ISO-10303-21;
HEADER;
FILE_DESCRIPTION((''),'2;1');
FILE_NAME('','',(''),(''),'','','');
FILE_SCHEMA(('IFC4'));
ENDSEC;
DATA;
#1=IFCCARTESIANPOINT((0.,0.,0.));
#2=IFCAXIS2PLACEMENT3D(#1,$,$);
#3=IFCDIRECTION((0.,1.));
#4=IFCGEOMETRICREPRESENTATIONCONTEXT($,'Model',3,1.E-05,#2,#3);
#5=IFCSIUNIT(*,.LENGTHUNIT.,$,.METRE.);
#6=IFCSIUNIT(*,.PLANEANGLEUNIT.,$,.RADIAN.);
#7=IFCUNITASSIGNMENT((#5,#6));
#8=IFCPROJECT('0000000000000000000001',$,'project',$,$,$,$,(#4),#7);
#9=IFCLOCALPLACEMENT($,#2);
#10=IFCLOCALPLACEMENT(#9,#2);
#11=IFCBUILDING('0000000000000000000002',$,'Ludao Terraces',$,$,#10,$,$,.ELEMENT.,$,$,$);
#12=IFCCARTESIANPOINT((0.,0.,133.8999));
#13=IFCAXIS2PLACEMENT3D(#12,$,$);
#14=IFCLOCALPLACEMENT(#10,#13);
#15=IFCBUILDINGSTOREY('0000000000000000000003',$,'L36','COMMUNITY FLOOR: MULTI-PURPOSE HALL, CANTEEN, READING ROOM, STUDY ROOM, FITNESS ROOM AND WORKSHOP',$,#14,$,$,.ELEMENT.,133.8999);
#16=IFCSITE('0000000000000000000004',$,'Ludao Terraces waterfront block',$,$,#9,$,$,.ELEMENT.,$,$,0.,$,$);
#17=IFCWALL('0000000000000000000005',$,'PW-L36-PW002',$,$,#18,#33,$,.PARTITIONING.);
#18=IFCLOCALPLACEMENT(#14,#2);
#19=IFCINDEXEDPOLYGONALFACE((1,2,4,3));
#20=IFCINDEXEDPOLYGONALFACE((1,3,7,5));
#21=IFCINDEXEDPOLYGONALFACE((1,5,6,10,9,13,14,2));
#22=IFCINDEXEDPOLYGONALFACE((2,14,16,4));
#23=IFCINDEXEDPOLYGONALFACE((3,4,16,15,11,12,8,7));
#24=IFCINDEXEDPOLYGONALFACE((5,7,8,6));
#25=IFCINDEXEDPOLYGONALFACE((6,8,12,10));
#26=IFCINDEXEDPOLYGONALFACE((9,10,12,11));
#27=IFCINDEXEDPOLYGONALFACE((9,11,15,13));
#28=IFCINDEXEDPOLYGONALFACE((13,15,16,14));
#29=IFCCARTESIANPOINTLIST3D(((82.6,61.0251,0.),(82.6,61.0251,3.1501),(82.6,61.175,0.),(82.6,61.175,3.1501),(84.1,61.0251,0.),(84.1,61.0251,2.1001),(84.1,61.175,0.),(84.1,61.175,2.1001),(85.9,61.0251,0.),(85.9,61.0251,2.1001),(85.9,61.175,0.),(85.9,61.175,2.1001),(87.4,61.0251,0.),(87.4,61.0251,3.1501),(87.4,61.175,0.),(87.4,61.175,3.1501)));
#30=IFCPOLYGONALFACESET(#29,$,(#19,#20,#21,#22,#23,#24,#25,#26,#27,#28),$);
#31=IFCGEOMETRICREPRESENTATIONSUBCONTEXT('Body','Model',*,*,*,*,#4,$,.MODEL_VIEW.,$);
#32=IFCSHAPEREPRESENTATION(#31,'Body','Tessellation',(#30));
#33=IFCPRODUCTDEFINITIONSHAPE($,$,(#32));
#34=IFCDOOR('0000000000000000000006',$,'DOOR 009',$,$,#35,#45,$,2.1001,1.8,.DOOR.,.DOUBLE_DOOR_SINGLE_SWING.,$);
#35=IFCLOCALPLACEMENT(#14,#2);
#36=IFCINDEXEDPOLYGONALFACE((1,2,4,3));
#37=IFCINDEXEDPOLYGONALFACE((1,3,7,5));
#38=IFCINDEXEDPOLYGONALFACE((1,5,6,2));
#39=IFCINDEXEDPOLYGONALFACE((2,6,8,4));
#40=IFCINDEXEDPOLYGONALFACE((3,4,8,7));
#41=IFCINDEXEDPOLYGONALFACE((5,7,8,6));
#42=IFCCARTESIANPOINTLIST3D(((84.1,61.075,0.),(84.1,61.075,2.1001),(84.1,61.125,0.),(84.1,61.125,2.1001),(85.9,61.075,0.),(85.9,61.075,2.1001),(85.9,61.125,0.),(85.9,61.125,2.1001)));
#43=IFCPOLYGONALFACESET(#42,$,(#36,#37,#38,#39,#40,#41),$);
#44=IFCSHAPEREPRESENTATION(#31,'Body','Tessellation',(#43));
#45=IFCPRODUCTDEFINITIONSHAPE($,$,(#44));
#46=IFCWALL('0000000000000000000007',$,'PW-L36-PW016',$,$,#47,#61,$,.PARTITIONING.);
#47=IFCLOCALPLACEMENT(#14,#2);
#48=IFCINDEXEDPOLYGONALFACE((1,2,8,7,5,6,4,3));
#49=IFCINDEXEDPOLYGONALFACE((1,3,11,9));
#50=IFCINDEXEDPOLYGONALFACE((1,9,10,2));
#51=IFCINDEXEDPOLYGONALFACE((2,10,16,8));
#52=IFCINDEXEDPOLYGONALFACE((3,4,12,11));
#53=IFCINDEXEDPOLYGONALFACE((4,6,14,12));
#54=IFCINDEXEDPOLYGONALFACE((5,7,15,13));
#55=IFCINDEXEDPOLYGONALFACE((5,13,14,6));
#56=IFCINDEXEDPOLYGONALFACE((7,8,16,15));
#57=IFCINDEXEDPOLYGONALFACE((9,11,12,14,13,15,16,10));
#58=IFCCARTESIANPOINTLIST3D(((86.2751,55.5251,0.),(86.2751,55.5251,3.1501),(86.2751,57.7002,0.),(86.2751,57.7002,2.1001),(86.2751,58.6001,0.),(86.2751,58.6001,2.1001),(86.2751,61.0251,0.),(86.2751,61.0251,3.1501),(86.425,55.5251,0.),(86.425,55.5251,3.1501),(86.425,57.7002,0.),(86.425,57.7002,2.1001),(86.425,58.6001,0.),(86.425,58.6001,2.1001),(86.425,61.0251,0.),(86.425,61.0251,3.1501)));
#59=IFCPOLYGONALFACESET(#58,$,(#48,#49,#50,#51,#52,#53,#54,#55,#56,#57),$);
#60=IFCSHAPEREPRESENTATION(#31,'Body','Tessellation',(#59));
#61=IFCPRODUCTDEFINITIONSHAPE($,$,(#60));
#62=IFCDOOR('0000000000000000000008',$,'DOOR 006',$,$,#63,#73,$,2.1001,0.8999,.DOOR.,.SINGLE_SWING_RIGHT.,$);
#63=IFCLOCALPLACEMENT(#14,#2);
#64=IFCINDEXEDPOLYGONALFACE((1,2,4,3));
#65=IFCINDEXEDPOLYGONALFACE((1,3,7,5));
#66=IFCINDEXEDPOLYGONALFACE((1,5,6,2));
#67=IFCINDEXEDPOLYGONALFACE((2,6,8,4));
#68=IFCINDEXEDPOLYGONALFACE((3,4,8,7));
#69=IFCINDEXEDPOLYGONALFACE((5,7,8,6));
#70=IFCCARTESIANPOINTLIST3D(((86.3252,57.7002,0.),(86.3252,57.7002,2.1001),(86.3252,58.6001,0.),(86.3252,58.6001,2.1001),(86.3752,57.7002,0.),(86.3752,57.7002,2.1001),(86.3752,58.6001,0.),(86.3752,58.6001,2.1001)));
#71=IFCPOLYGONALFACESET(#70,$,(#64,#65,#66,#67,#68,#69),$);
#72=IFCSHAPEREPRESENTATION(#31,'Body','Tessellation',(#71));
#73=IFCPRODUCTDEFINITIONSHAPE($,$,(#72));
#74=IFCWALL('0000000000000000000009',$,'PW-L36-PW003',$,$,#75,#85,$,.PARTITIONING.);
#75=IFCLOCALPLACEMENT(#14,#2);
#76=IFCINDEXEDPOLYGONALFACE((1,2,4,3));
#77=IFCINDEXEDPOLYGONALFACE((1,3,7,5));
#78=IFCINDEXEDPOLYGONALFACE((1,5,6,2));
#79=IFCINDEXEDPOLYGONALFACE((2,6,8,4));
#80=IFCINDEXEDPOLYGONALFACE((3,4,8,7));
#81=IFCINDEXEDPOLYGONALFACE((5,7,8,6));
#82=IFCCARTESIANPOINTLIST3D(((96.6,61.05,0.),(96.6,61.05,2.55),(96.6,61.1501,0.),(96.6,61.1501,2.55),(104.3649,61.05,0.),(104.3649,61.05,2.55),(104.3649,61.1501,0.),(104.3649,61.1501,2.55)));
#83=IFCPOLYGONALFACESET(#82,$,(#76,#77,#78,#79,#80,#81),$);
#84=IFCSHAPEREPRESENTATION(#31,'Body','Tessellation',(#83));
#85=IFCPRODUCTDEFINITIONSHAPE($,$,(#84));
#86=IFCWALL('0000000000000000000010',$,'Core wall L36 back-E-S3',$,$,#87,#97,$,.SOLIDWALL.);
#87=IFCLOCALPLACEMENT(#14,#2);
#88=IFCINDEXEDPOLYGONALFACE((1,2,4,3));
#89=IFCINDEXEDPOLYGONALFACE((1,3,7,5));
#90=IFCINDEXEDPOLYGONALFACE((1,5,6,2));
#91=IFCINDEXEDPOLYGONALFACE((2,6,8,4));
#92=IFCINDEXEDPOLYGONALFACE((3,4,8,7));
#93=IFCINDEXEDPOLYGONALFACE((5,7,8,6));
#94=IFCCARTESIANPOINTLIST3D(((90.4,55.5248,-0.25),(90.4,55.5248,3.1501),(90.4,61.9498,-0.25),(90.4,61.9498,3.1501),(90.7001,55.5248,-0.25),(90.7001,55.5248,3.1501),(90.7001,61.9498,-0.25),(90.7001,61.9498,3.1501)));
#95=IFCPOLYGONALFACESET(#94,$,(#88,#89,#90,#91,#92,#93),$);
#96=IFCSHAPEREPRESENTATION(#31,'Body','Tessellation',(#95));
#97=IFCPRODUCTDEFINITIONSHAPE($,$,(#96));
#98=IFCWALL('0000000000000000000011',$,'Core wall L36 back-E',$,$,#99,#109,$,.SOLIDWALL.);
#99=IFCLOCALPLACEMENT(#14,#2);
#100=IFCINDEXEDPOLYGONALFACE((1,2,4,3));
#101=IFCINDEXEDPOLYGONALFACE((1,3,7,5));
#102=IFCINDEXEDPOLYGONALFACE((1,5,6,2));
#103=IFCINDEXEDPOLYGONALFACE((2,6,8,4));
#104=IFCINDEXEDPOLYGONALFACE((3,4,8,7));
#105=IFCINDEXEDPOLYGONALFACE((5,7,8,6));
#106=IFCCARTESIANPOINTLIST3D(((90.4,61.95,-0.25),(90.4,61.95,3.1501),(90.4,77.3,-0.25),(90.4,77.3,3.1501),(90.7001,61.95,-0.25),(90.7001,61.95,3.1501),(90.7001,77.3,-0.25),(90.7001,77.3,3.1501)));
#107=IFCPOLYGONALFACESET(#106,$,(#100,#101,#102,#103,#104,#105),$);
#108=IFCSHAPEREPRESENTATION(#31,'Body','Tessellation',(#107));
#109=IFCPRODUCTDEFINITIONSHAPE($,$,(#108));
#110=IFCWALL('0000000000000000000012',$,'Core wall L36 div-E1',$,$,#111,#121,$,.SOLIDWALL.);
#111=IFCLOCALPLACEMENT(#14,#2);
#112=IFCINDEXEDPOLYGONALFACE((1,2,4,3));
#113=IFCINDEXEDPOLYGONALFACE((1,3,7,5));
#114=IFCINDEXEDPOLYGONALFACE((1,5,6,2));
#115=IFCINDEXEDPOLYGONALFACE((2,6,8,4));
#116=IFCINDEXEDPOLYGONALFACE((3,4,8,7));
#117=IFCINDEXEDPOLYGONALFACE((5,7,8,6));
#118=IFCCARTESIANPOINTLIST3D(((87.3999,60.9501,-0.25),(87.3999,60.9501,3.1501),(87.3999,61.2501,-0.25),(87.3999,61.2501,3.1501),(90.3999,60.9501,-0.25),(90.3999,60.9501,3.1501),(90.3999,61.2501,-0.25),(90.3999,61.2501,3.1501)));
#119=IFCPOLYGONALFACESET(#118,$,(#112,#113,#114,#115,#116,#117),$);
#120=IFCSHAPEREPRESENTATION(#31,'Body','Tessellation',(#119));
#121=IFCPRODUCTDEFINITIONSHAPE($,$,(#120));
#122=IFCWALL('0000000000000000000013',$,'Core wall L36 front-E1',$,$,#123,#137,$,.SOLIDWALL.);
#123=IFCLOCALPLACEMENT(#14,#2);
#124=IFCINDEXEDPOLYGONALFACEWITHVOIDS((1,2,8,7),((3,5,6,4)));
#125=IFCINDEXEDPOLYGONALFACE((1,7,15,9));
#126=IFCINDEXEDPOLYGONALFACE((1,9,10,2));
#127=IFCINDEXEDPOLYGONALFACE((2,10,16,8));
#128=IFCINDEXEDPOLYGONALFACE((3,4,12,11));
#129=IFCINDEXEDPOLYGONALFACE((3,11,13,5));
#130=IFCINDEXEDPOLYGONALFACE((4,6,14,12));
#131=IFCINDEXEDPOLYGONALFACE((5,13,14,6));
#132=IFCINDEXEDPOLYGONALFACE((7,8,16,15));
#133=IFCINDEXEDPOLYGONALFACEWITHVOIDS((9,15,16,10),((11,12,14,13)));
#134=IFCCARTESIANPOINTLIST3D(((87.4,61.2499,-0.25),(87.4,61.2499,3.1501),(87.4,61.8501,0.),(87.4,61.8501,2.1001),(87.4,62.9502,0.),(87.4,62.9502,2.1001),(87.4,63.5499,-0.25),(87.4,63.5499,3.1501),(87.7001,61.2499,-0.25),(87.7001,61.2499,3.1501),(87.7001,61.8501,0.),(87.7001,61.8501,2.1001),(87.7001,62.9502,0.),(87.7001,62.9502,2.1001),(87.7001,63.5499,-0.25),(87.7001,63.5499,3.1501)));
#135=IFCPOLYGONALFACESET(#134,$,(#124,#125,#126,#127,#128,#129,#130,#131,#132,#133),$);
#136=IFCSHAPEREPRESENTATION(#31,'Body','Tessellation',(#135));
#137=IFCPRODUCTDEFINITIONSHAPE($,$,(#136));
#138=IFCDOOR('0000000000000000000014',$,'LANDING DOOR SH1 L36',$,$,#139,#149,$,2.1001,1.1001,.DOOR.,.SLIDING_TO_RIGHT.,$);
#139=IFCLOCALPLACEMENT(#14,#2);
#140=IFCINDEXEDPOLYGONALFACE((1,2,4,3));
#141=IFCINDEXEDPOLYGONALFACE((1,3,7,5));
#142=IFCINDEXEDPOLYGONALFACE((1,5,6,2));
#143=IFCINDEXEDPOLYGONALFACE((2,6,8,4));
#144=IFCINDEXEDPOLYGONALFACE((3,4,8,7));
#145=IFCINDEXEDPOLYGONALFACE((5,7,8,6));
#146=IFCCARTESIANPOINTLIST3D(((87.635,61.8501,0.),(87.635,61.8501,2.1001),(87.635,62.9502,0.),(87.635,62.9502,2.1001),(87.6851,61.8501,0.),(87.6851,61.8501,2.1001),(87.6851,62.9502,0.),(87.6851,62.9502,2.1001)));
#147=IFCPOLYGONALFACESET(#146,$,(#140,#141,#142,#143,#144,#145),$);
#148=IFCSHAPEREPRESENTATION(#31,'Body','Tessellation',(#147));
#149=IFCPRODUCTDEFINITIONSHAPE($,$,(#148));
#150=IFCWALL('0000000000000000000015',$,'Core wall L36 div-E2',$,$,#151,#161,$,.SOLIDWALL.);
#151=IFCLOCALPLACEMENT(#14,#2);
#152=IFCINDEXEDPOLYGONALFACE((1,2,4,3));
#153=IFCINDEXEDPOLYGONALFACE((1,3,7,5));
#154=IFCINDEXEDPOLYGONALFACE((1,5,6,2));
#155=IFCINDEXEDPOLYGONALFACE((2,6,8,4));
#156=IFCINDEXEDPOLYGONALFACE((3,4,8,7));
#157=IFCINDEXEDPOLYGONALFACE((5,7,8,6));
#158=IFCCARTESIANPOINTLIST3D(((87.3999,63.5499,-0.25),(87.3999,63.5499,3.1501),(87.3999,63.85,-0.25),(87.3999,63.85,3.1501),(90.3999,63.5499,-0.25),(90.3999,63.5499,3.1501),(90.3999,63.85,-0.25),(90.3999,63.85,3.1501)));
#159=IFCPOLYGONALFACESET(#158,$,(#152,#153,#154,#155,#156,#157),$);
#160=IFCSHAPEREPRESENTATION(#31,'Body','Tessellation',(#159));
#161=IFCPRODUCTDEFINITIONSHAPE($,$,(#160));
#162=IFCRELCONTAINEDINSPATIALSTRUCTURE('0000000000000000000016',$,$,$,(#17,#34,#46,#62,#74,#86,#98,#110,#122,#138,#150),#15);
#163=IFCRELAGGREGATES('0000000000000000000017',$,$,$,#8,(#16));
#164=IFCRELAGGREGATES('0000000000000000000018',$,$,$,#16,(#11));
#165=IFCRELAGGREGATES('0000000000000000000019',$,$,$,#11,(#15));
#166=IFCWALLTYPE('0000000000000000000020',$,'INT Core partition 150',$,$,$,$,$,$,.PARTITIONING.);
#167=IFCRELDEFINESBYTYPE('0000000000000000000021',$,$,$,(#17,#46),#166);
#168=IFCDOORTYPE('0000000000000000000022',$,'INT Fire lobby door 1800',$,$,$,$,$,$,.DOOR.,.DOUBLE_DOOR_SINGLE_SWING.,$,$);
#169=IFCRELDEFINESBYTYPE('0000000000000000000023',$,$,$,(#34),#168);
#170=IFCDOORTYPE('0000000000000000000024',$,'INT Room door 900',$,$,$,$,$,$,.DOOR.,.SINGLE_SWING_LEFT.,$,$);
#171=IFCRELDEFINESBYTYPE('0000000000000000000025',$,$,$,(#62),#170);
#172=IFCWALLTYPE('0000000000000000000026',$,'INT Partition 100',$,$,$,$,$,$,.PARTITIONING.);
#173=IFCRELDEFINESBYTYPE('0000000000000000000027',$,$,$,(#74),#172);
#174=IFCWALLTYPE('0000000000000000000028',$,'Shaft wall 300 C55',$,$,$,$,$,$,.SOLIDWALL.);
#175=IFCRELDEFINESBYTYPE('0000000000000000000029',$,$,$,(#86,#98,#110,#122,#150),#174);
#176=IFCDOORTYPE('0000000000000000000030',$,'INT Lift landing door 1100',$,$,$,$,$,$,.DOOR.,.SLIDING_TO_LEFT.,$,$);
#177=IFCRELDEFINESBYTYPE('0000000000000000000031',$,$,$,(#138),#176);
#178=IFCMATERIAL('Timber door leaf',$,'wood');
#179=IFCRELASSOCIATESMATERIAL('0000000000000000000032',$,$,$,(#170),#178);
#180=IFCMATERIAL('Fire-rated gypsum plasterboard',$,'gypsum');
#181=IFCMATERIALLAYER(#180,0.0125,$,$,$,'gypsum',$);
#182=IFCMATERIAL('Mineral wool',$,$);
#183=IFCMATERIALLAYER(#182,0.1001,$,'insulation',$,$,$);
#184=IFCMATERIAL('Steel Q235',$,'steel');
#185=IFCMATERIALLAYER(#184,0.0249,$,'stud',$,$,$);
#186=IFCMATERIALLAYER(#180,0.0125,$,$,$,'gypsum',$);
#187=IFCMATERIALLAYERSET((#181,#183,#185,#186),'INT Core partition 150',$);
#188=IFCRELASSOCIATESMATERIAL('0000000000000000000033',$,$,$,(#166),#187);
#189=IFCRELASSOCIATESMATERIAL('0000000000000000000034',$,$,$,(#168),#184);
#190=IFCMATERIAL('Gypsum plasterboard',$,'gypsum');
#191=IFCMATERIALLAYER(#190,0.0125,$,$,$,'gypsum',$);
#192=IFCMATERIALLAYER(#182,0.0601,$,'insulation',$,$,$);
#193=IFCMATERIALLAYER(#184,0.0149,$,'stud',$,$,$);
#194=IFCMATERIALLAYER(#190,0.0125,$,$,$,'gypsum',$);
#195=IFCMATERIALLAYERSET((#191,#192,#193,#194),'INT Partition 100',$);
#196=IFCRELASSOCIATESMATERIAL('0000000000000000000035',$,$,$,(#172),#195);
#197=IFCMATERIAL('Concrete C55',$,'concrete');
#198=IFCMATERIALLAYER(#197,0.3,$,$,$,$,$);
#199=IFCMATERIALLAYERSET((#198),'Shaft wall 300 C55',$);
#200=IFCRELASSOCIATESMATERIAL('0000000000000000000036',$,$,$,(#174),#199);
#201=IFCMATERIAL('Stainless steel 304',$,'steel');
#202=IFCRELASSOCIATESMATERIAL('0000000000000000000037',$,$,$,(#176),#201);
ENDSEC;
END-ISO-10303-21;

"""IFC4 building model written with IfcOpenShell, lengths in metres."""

from ifc_helpers import new_model, si_unit, direction, frame, frame_2d, origin, place, context, subcontext, project, spatial, rectangle, extrude, material, layer, layer_set, type_object, element, fill, save


model = new_model("IFC4")

# Units and contexts
model_context = context("Model", 3, precision=1e-05, world=origin(), true_north=direction((0.0, 1.0)))
body_context = subcontext(model_context, "Body", "Model", "MODEL_VIEW")
ifc_project = project(units=[si_unit("LENGTHUNIT", "METRE"), si_unit("PLANEANGLEUNIT", "RADIAN")], contexts=[model_context])

# Site, building, storey
site_placement = place(None, origin())
site = spatial("IfcSite", under=ifc_project, at=site_placement, Name="Ludao Terraces waterfront block", CompositionType="ELEMENT", RefElevation=0.0)
building_placement = place(site_placement, origin())
building = spatial("IfcBuilding", under=site, at=building_placement, Name="Ludao Terraces", CompositionType="ELEMENT")
storey_placement = place(building_placement, frame((0.0, 0.0, 133.8999)))
storey = spatial("IfcBuildingStorey", under=building, at=storey_placement, Name="L36", Description="COMMUNITY FLOOR: MULTI-PURPOSE HALL, CANTEEN, READING ROOM, STUDY ROOM, FITNESS ROOM AND WORKSHOP", CompositionType="ELEMENT", Elevation=133.8999)

# Shared definitions
ifc_material_1 = material(Name="Steel Q235", Category="steel")

# Shared definitions
ifc_material_2 = material(Name="Timber door leaf", Category="wood")
door_type_1 = type_object("IfcDoorType", Name="INT Room door 900", OperationType="SINGLE_SWING_LEFT", PredefinedType="DOOR", material=ifc_material_2)

# Walls, openings, doors
ifc_material_3 = material(Name="Fire-rated gypsum plasterboard", Category="gypsum")
ifc_layer_1 = layer(ifc_material_3, 0.0125, Category="gypsum")
ifc_material_4 = material(Name="Mineral wool")
ifc_layer_2 = layer(ifc_material_4, 0.1001, Name="insulation")
ifc_layer_3 = layer(ifc_material_1, 0.0249, Name="stud")
ifc_layer_4 = layer(ifc_material_3, 0.0125, Category="gypsum")
ifc_layer_set_1 = layer_set([ifc_layer_1, ifc_layer_2, ifc_layer_3, ifc_layer_4], Name="INT Core partition 150")
wall_type_1 = type_object("IfcWallType", Name="INT Core partition 150", PredefinedType="PARTITIONING", material=ifc_layer_set_1)
wall_1_placement = place(storey_placement, frame((82.6001, 61.1001, 0.0), z_axis=(0.0, 0.0, 1.0), x_axis=(1.0, 0.0, 0.0)))
wall_1 = element("IfcWall", 1, at=wall_1_placement, inside=storey, type_object=wall_type_1, Name="PW-L36-PW002", PredefinedType="PARTITIONING", context=body_context, shape_type="SweptSolid", body=[
    extrude(rectangle(XDim=4.8, YDim=0.1499, at=frame_2d((2.3999, 0.0))), origin(), (0.0, 0.0, 1.0), 3.1501),
])
opening_1_placement = place(wall_1_placement, frame((1.5, 0.0, 0.0)))
opening_1 = element("IfcOpeningElement", 2, at=opening_1_placement, cuts=wall_1, PredefinedType="OPENING", context=body_context, shape_type="SweptSolid", body=[
    extrude(rectangle(XDim=1.8, YDim=2.1001, at=frame_2d((0.8999, 1.05))), frame((0.0, 0.085, 0.0), z_axis=(0.0, -1.0, 0.0), x_axis=(1.0, 0.0, 0.0)), (0.0, 0.0, 1.0), 0.1699),
])
door_type_2 = type_object("IfcDoorType", Name="INT Fire lobby door 1800", OperationType="DOUBLE_DOOR_SINGLE_SWING", PredefinedType="DOOR", material=ifc_material_1)
door_1_placement = place(opening_1_placement, origin())
door_1 = element("IfcDoor", 3, at=door_1_placement, inside=storey, type_object=door_type_2, Name="DOOR 009", OperationType="DOUBLE_DOOR_SINGLE_SWING", OverallHeight=2.1001, OverallWidth=1.8, PredefinedType="DOOR", context=body_context, shape_type="SweptSolid", body=[
    extrude(rectangle(XDim=1.8, YDim=2.1001, at=frame_2d((0.8999, 1.05))), frame((0.0, 0.0249, 0.0), z_axis=(0.0, -1.0, 0.0), x_axis=(1.0, 0.0, 0.0)), (0.0, 0.0, 1.0), 0.05),
])
fill(opening_1, door_1)
wall_2_placement = place(storey_placement, frame((86.3501, 55.5251, 0.0), z_axis=(0.0, 0.0, 1.0), x_axis=(0.0, 1.0, 0.0)))
wall_2 = element("IfcWall", 4, at=wall_2_placement, inside=storey, type_object=wall_type_1, Name="PW-L36-PW016", PredefinedType="PARTITIONING", context=body_context, shape_type="SweptSolid", body=[
    extrude(rectangle(XDim=5.5, YDim=0.1499, at=frame_2d((2.75, 0.0))), origin(), (0.0, 0.0, 1.0), 3.1501),
])
opening_2_placement = place(wall_2_placement, frame((2.175, 0.0, 0.0)))
opening_2 = element("IfcOpeningElement", 5, at=opening_2_placement, cuts=wall_2, PredefinedType="OPENING", context=body_context, shape_type="SweptSolid", body=[
    extrude(rectangle(XDim=0.8999, YDim=2.1001, at=frame_2d((0.45, 1.05))), frame((0.0, 0.085, 0.0), z_axis=(0.0, -1.0, 0.0), x_axis=(1.0, 0.0, 0.0)), (0.0, 0.0, 1.0), 0.1699),
])
door_2_placement = place(opening_2_placement, origin())
door_2 = element("IfcDoor", 6, at=door_2_placement, inside=storey, type_object=door_type_1, Name="DOOR 006", OperationType="SINGLE_SWING_RIGHT", OverallHeight=2.1001, OverallWidth=0.8999, PredefinedType="DOOR", context=body_context, shape_type="SweptSolid", body=[
    extrude(rectangle(XDim=0.8999, YDim=2.1001, at=frame_2d((0.45, 1.05))), frame((0.0, 0.0249, 0.0), z_axis=(0.0, -1.0, 0.0), x_axis=(1.0, 0.0, 0.0)), (0.0, 0.0, 1.0), 0.05),
])
fill(opening_2, door_2)

# Walls
ifc_material_5 = material(Name="Gypsum plasterboard", Category="gypsum")
ifc_layer_5 = layer(ifc_material_5, 0.0125, Category="gypsum")
ifc_layer_6 = layer(ifc_material_4, 0.0601, Name="insulation")
ifc_layer_7 = layer(ifc_material_1, 0.0149, Name="stud")
ifc_layer_8 = layer(ifc_material_5, 0.0125, Category="gypsum")
ifc_layer_set_2 = layer_set([ifc_layer_5, ifc_layer_6, ifc_layer_7, ifc_layer_8], Name="INT Partition 100")
wall_type_2 = type_object("IfcWallType", Name="INT Partition 100", PredefinedType="PARTITIONING", material=ifc_layer_set_2)
wall_3_placement = place(storey_placement, frame((96.6001, 61.1001, 0.0), z_axis=(0.0, 0.0, 1.0), x_axis=(1.0, 0.0, 0.0)))
element("IfcWall", 7, at=wall_3_placement, inside=storey, type_object=wall_type_2, Name="PW-L36-PW003", PredefinedType="PARTITIONING", context=body_context, shape_type="SweptSolid", body=[
    extrude(rectangle(XDim=7.7649, YDim=0.1001, at=frame_2d((3.8823, 0.0))), origin(), (0.0, 0.0, 1.0), 2.55),
])
ifc_material_6 = material(Name="Concrete C55", Category="concrete")
ifc_layer_9 = layer(ifc_material_6, 0.3)
ifc_layer_set_3 = layer_set([ifc_layer_9], Name="Shaft wall 300 C55")
wall_type_3 = type_object("IfcWallType", Name="Shaft wall 300 C55", PredefinedType="SOLIDWALL", material=ifc_layer_set_3)
wall_4_placement = place(storey_placement, frame((90.55, 55.5249, -0.25), z_axis=(0.0, 0.0, 1.0), x_axis=(0.0, 1.0, 0.0)))
element("IfcWall", 8, at=wall_4_placement, inside=storey, type_object=wall_type_3, Name="Core wall L36 back-E-S3", PredefinedType="SOLIDWALL", context=body_context, shape_type="SweptSolid", body=[
    extrude(rectangle(XDim=6.425, YDim=0.3, at=frame_2d((3.2124, 0.0))), origin(), (0.0, 0.0, 1.0), 3.4001),
])
wall_5_placement = place(storey_placement, frame((90.55, 61.95, -0.25), z_axis=(0.0, 0.0, 1.0), x_axis=(0.0, 1.0, 0.0)))
element("IfcWall", 9, at=wall_5_placement, inside=storey, type_object=wall_type_3, Name="Core wall L36 back-E", PredefinedType="SOLIDWALL", context=body_context, shape_type="SweptSolid", body=[
    extrude(rectangle(XDim=15.3501, YDim=0.3, at=frame_2d((7.675, 0.0))), origin(), (0.0, 0.0, 1.0), 3.4001),
])
wall_6_placement = place(storey_placement, frame((87.3999, 61.1001, -0.25), z_axis=(0.0, 0.0, 1.0), x_axis=(1.0, 0.0, 0.0)))
element("IfcWall", 10, at=wall_6_placement, inside=storey, type_object=wall_type_3, Name="Core wall L36 div-E1", PredefinedType="SOLIDWALL", context=body_context, shape_type="SweptSolid", body=[
    extrude(rectangle(XDim=3.0, YDim=0.3, at=frame_2d((1.5, 0.0))), origin(), (0.0, 0.0, 1.0), 3.4001),
])

# Wall, opening, door
wall_7_placement = place(storey_placement, frame((87.55, 61.25, -0.25), z_axis=(0.0, 0.0, 1.0), x_axis=(0.0, 1.0, 0.0)))
wall_7 = element("IfcWall", 11, at=wall_7_placement, inside=storey, type_object=wall_type_3, Name="Core wall L36 front-E1", PredefinedType="SOLIDWALL", context=body_context, shape_type="SweptSolid", body=[
    extrude(rectangle(XDim=2.3, YDim=0.3, at=frame_2d((1.1499, 0.0))), origin(), (0.0, 0.0, 1.0), 3.4001),
])
opening_3_placement = place(wall_7_placement, frame((0.6001, 0.0, 0.25)))
opening_3 = element("IfcOpeningElement", 12, at=opening_3_placement, cuts=wall_7, PredefinedType="OPENING", context=body_context, shape_type="SweptSolid", body=[
    extrude(rectangle(XDim=1.1001, YDim=2.1001, at=frame_2d((0.55, 1.05))), frame((0.0, 0.1602, 0.0), z_axis=(0.0, -1.0, 0.0), x_axis=(1.0, 0.0, 0.0)), (0.0, 0.0, 1.0), 0.3201),
])
ifc_material_7 = material(Name="Stainless steel 304", Category="steel")
door_type_3 = type_object("IfcDoorType", Name="INT Lift landing door 1100", OperationType="SLIDING_TO_LEFT", PredefinedType="DOOR", material=ifc_material_7)
door_3_placement = place(opening_3_placement, origin())
door_3 = element("IfcDoor", 13, at=door_3_placement, inside=storey, type_object=door_type_3, Name="LANDING DOOR SH1 L36", OperationType="SLIDING_TO_RIGHT", OverallHeight=2.1001, OverallWidth=1.1001, PredefinedType="DOOR", context=body_context, shape_type="SweptSolid", body=[
    extrude(rectangle(XDim=1.1001, YDim=2.1001, at=frame_2d((0.55, 1.05))), frame((0.0, -0.085, 0.0), z_axis=(0.0, -1.0, 0.0), x_axis=(1.0, 0.0, 0.0)), (0.0, 0.0, 1.0), 0.05),
])
fill(opening_3, door_3)

# Wall
wall_8_placement = place(storey_placement, frame((87.3999, 63.7, -0.25), z_axis=(0.0, 0.0, 1.0), x_axis=(1.0, 0.0, 0.0)))
element("IfcWall", 14, at=wall_8_placement, inside=storey, type_object=wall_type_3, Name="Core wall L36 div-E2", PredefinedType="SOLIDWALL", context=body_context, shape_type="SweptSolid", body=[
    extrude(rectangle(XDim=3.0, YDim=0.3, at=frame_2d((1.5, 0.0))), origin(), (0.0, 0.0, 1.0), 3.4001),
])

save(model, "model.ifc")
